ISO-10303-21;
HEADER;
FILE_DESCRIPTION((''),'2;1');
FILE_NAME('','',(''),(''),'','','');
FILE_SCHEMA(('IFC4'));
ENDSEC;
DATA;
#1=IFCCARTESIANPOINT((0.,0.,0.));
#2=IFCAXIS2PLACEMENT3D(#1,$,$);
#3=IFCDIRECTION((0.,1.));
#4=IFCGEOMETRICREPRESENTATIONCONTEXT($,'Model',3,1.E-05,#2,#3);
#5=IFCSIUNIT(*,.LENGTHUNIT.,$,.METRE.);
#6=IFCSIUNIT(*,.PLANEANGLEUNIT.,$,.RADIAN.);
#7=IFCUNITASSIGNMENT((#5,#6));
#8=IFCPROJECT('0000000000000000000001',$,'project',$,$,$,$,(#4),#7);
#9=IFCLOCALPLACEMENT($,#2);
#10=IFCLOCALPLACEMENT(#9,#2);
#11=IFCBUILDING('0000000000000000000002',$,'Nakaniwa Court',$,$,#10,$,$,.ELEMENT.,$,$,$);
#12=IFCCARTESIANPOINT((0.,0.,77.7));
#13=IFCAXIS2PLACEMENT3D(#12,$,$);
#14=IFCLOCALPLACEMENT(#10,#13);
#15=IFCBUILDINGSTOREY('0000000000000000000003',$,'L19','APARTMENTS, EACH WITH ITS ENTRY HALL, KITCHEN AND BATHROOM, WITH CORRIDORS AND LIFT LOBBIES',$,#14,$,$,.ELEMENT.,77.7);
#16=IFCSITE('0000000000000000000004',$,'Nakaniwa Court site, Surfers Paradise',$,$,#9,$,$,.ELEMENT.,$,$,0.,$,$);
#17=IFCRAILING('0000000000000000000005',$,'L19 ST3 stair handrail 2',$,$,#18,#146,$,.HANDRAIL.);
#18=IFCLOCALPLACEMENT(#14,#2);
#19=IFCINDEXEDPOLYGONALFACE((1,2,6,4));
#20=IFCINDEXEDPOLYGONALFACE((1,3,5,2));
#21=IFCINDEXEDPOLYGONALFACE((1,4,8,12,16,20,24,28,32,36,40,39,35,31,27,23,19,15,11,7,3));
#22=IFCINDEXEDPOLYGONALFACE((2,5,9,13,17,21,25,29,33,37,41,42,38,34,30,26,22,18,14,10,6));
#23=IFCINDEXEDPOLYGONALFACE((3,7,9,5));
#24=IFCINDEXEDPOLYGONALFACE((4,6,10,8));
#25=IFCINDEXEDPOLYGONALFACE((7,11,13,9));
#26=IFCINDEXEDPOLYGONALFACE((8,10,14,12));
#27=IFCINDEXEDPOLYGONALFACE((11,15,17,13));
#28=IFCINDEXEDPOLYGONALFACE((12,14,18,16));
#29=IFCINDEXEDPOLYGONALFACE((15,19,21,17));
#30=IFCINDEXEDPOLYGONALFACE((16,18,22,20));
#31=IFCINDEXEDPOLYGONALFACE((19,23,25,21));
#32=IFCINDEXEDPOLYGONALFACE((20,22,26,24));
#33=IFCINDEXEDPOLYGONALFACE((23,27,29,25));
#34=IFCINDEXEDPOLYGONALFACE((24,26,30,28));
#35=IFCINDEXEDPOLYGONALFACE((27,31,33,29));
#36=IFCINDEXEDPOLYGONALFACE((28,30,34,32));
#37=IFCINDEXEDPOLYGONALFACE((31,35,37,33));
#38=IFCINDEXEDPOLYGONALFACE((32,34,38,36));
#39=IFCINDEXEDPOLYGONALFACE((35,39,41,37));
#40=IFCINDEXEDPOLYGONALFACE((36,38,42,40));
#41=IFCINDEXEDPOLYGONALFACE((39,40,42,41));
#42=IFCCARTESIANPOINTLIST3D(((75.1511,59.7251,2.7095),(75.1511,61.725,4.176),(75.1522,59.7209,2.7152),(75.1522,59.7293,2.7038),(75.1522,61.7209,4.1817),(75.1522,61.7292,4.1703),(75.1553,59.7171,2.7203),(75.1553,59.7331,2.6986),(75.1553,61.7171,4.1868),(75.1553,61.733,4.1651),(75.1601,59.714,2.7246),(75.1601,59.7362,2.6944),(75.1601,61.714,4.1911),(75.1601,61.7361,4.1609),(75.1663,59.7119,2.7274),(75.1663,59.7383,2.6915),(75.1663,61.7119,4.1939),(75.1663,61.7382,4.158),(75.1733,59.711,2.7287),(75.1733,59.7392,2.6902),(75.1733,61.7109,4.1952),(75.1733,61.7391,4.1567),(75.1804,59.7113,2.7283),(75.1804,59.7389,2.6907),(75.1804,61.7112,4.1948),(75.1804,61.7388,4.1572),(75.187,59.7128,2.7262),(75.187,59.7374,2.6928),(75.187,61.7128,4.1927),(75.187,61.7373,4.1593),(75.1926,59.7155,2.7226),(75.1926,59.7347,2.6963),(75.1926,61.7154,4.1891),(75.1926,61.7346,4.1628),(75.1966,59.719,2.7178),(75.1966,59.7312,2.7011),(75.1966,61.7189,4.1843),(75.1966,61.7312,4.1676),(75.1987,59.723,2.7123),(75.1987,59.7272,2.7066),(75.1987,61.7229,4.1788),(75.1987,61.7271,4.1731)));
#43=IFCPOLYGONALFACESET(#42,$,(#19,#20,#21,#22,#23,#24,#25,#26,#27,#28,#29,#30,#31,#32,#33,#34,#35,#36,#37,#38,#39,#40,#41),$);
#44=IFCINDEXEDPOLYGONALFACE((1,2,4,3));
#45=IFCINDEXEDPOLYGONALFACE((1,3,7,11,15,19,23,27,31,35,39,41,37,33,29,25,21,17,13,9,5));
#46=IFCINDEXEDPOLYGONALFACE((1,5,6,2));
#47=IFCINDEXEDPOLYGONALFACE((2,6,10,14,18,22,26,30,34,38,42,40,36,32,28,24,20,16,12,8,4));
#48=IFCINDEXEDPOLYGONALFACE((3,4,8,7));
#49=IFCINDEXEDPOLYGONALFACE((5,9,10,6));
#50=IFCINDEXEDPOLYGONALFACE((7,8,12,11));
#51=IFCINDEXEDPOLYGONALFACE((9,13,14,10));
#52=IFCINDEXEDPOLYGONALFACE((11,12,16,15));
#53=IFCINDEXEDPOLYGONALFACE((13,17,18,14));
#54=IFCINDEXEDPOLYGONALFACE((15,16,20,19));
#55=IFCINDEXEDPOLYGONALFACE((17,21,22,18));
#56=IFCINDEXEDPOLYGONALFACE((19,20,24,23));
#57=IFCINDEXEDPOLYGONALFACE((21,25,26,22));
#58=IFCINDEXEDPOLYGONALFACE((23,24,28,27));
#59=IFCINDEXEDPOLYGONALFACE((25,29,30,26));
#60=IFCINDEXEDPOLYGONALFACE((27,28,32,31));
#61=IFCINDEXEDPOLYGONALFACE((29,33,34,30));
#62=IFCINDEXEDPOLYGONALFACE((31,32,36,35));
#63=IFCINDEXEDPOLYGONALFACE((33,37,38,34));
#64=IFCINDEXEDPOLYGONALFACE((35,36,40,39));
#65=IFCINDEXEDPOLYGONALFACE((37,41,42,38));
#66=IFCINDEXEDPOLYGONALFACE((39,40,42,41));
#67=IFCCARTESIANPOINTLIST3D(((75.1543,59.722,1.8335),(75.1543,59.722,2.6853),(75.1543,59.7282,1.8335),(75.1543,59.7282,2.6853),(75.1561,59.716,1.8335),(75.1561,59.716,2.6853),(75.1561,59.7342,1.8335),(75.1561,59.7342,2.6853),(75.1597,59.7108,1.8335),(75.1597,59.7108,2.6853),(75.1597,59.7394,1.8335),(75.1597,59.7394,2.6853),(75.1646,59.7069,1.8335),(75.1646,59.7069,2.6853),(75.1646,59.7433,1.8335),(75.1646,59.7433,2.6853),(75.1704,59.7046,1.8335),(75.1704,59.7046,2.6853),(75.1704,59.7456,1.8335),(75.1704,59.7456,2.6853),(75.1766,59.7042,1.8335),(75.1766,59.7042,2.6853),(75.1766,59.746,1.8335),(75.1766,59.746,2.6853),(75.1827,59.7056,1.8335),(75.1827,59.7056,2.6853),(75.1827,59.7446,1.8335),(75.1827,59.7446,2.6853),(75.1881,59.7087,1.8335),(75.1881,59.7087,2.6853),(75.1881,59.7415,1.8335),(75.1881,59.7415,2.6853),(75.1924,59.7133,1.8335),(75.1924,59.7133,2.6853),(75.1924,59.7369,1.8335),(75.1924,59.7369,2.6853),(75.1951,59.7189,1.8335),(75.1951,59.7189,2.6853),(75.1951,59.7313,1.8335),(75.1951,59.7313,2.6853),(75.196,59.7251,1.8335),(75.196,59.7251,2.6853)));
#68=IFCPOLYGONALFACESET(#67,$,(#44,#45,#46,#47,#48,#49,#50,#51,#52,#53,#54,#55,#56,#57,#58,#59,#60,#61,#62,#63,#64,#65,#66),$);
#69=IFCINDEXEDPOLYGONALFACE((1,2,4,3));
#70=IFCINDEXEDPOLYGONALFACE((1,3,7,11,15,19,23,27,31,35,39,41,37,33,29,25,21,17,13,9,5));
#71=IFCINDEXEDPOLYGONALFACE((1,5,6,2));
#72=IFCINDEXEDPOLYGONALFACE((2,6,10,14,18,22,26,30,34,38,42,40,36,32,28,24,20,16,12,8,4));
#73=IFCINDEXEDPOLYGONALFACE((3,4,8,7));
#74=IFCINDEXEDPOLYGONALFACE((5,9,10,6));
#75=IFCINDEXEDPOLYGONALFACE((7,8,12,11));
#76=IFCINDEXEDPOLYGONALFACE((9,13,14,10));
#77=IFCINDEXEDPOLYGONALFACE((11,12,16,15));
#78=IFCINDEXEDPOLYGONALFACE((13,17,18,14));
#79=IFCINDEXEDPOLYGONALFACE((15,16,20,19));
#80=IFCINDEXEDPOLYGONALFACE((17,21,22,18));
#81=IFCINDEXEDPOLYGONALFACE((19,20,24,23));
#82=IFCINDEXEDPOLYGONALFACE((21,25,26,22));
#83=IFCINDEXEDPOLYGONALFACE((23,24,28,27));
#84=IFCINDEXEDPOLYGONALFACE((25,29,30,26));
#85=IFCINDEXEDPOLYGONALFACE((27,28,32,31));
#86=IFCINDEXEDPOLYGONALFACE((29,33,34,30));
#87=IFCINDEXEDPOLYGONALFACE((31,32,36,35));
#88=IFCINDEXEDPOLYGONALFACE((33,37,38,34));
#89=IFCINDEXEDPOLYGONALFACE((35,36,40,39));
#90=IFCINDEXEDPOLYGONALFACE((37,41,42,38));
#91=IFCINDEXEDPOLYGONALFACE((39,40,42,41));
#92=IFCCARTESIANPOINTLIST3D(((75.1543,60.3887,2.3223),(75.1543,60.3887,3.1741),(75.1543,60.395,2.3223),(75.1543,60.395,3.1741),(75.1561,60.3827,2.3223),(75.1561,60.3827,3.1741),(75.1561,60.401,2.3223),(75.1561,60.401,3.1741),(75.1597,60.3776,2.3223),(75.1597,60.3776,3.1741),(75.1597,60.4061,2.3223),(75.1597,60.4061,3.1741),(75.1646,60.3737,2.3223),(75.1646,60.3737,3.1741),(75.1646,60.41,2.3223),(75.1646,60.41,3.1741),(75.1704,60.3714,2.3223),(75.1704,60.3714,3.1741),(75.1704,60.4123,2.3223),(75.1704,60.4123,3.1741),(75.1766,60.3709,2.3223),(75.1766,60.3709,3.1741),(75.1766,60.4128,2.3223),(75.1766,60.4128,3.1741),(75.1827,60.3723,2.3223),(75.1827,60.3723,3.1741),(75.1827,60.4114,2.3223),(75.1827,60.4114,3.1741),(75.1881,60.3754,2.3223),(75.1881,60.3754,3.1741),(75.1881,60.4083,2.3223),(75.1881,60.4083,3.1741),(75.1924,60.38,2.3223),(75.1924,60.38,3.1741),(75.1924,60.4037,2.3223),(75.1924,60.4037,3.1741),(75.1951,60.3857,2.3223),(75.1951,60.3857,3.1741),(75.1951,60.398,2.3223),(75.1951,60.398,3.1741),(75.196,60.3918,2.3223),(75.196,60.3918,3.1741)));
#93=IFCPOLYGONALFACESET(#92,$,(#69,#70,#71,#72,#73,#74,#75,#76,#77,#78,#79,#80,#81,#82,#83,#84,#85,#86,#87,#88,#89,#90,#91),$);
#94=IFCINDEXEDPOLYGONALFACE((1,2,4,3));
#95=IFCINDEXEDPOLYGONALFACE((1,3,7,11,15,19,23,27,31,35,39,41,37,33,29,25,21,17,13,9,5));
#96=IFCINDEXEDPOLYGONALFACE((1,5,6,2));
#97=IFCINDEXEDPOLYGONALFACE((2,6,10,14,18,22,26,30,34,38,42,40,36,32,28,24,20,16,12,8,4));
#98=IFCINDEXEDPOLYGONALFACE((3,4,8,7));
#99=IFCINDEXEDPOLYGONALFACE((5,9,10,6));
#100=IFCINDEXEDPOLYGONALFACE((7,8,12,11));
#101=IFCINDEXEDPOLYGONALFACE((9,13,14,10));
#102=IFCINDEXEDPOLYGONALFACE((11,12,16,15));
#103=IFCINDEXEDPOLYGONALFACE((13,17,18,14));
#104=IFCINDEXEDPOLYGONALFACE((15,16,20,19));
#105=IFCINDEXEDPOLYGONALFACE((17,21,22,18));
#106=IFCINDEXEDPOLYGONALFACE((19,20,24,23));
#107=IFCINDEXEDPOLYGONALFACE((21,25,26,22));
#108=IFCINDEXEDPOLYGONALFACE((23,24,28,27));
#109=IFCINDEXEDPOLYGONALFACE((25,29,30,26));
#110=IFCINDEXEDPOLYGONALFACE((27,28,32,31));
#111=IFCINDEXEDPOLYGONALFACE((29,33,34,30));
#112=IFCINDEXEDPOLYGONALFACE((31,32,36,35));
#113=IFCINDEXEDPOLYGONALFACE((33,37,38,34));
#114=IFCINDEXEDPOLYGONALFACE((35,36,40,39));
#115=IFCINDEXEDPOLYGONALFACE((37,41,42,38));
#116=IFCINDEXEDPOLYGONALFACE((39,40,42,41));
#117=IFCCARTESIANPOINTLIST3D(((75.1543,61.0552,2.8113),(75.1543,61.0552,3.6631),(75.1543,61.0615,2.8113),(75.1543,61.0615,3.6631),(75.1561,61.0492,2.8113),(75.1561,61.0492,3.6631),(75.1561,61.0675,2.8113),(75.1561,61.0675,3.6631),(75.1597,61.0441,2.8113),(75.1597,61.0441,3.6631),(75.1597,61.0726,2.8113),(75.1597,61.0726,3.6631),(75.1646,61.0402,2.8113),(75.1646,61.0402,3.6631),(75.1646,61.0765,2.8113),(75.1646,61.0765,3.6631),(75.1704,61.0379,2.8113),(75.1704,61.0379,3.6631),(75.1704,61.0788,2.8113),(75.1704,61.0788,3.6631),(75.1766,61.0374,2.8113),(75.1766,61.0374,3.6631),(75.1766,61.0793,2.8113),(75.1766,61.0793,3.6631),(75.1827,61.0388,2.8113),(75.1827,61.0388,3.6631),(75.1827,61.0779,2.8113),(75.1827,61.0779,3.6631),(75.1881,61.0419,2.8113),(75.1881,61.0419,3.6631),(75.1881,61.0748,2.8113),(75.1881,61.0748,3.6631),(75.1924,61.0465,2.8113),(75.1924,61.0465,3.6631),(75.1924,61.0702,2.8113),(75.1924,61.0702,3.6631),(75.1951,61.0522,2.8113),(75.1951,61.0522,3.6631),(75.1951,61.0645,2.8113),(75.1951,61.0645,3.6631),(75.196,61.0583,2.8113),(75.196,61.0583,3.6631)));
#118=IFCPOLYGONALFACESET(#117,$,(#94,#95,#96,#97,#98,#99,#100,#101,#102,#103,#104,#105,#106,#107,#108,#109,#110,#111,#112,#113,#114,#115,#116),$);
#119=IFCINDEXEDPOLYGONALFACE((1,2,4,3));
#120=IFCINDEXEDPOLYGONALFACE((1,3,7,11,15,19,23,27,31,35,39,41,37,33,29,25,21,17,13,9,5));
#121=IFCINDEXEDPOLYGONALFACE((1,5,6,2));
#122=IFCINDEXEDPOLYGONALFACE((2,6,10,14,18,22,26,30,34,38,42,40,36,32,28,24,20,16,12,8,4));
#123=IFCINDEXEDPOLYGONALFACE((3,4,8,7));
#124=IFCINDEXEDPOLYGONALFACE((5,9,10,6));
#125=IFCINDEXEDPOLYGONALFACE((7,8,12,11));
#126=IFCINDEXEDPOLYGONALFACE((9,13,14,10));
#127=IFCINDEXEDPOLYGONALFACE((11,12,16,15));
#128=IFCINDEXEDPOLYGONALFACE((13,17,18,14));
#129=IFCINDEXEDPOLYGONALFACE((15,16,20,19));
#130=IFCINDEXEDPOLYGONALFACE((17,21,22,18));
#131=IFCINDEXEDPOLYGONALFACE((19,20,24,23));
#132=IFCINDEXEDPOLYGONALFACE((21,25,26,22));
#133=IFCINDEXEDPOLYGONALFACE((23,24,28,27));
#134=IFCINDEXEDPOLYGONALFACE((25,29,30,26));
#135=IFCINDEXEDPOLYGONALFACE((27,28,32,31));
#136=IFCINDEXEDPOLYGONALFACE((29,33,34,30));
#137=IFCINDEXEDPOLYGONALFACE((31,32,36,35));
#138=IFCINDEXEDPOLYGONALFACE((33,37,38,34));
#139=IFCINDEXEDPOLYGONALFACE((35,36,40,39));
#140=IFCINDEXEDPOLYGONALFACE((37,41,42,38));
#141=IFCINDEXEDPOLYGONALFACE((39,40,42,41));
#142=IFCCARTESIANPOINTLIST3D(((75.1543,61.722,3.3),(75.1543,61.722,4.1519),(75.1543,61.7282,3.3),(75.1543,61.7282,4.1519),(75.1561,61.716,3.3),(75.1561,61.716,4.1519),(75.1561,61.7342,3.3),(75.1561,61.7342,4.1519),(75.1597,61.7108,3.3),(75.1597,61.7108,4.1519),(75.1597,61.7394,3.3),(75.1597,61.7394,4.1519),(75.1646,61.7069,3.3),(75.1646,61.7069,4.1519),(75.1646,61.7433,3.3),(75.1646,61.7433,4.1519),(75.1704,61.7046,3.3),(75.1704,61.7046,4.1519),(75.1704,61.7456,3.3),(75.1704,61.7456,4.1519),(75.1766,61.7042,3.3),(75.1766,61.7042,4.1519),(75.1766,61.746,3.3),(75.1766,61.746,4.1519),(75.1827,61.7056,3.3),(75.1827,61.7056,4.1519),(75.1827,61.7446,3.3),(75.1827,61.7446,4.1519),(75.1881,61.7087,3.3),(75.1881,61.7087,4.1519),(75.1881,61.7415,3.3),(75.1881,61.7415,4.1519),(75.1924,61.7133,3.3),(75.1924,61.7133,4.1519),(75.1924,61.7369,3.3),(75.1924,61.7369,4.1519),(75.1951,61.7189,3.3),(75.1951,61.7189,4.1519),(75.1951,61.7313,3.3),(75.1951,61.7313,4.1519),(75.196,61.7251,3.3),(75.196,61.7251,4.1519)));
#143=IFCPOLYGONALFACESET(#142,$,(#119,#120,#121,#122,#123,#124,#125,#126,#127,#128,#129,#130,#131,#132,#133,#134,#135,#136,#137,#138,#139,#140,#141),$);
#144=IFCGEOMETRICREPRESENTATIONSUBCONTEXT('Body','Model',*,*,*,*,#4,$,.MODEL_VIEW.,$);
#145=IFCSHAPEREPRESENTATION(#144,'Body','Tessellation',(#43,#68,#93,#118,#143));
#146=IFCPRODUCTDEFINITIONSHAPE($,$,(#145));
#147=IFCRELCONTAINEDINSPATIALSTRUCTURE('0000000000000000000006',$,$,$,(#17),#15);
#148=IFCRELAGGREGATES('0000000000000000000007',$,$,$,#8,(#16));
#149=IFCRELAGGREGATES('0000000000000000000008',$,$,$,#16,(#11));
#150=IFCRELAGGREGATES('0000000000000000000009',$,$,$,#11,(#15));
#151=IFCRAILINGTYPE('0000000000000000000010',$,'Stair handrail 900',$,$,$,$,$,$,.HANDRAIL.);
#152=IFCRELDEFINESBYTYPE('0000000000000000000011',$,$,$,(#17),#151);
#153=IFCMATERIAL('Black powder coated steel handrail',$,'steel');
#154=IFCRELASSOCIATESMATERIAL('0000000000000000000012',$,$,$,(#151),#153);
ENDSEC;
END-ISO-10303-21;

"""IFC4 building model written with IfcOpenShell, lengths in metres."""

from ifc_helpers import new_model, si_unit, direction, frame, origin, origin_2d, place, context, subcontext, project, spatial, circle, extrude, material, type_object, element, save


model = new_model("IFC4")

# Units and contexts
model_context = context("Model", 3, precision=1e-05, world=origin(), true_north=direction((0.0, 1.0)))
body_context = subcontext(model_context, "Body", "Model", "MODEL_VIEW")
ifc_project = project(units=[si_unit("LENGTHUNIT", "METRE"), si_unit("PLANEANGLEUNIT", "RADIAN")], contexts=[model_context])

# Site, building, storey
site_placement = place(None, origin())
site = spatial("IfcSite", under=ifc_project, at=site_placement, Name="Nakaniwa Court site, Surfers Paradise", CompositionType="ELEMENT", RefElevation=0.0)
building_placement = place(site_placement, origin())
building = spatial("IfcBuilding", under=site, at=building_placement, Name="Nakaniwa Court", CompositionType="ELEMENT")
storey_placement = place(building_placement, frame((0.0, 0.0, 77.7)))
storey = spatial("IfcBuildingStorey", under=building, at=storey_placement, Name="L19", Description="APARTMENTS, EACH WITH ITS ENTRY HALL, KITCHEN AND BATHROOM, WITH CORRIDORS AND LIFT LOBBIES", CompositionType="ELEMENT", Elevation=77.7)

# Railing
ifc_material_1 = material(Name="Black powder coated steel handrail", Category="steel")
railing_type_1 = type_object("IfcRailingType", Name="Stair handrail 900", PredefinedType="HANDRAIL", material=ifc_material_1)
railing_1_placement = place(storey_placement, frame((75.175, 59.7251, 1.8335)))
element("IfcRailing", 1, at=railing_1_placement, inside=storey, type_object=railing_type_1, Name="L19 ST3 stair handrail 2", PredefinedType="HANDRAIL", context=body_context, shape_type="SweptSolid", body=[
    extrude(circle(Radius=0.0239, at=origin_2d()), frame((0.0, 0.0, 0.876), z_axis=(0.0, 0.806427, 0.591334), x_axis=(-1.0, 0.0, 0.0)), (0.0, 0.0, 1.0), 2.48),
    extrude(circle(Radius=0.021, at=origin_2d()), origin(), (0.0, 0.0, 1.0), 0.8518),
    extrude(circle(Radius=0.021, at=origin_2d()), frame((0.0, 0.6667, 0.4888)), (0.0, 0.0, 1.0), 0.8518),
    extrude(circle(Radius=0.021, at=origin_2d()), frame((0.0, 1.3333, 0.9778)), (0.0, 0.0, 1.0), 0.8518),
    extrude(circle(Radius=0.021, at=origin_2d()), frame((0.0, 2.0, 1.4666)), (0.0, 0.0, 1.0), 0.8518),
])

save(model, "model.ifc")
